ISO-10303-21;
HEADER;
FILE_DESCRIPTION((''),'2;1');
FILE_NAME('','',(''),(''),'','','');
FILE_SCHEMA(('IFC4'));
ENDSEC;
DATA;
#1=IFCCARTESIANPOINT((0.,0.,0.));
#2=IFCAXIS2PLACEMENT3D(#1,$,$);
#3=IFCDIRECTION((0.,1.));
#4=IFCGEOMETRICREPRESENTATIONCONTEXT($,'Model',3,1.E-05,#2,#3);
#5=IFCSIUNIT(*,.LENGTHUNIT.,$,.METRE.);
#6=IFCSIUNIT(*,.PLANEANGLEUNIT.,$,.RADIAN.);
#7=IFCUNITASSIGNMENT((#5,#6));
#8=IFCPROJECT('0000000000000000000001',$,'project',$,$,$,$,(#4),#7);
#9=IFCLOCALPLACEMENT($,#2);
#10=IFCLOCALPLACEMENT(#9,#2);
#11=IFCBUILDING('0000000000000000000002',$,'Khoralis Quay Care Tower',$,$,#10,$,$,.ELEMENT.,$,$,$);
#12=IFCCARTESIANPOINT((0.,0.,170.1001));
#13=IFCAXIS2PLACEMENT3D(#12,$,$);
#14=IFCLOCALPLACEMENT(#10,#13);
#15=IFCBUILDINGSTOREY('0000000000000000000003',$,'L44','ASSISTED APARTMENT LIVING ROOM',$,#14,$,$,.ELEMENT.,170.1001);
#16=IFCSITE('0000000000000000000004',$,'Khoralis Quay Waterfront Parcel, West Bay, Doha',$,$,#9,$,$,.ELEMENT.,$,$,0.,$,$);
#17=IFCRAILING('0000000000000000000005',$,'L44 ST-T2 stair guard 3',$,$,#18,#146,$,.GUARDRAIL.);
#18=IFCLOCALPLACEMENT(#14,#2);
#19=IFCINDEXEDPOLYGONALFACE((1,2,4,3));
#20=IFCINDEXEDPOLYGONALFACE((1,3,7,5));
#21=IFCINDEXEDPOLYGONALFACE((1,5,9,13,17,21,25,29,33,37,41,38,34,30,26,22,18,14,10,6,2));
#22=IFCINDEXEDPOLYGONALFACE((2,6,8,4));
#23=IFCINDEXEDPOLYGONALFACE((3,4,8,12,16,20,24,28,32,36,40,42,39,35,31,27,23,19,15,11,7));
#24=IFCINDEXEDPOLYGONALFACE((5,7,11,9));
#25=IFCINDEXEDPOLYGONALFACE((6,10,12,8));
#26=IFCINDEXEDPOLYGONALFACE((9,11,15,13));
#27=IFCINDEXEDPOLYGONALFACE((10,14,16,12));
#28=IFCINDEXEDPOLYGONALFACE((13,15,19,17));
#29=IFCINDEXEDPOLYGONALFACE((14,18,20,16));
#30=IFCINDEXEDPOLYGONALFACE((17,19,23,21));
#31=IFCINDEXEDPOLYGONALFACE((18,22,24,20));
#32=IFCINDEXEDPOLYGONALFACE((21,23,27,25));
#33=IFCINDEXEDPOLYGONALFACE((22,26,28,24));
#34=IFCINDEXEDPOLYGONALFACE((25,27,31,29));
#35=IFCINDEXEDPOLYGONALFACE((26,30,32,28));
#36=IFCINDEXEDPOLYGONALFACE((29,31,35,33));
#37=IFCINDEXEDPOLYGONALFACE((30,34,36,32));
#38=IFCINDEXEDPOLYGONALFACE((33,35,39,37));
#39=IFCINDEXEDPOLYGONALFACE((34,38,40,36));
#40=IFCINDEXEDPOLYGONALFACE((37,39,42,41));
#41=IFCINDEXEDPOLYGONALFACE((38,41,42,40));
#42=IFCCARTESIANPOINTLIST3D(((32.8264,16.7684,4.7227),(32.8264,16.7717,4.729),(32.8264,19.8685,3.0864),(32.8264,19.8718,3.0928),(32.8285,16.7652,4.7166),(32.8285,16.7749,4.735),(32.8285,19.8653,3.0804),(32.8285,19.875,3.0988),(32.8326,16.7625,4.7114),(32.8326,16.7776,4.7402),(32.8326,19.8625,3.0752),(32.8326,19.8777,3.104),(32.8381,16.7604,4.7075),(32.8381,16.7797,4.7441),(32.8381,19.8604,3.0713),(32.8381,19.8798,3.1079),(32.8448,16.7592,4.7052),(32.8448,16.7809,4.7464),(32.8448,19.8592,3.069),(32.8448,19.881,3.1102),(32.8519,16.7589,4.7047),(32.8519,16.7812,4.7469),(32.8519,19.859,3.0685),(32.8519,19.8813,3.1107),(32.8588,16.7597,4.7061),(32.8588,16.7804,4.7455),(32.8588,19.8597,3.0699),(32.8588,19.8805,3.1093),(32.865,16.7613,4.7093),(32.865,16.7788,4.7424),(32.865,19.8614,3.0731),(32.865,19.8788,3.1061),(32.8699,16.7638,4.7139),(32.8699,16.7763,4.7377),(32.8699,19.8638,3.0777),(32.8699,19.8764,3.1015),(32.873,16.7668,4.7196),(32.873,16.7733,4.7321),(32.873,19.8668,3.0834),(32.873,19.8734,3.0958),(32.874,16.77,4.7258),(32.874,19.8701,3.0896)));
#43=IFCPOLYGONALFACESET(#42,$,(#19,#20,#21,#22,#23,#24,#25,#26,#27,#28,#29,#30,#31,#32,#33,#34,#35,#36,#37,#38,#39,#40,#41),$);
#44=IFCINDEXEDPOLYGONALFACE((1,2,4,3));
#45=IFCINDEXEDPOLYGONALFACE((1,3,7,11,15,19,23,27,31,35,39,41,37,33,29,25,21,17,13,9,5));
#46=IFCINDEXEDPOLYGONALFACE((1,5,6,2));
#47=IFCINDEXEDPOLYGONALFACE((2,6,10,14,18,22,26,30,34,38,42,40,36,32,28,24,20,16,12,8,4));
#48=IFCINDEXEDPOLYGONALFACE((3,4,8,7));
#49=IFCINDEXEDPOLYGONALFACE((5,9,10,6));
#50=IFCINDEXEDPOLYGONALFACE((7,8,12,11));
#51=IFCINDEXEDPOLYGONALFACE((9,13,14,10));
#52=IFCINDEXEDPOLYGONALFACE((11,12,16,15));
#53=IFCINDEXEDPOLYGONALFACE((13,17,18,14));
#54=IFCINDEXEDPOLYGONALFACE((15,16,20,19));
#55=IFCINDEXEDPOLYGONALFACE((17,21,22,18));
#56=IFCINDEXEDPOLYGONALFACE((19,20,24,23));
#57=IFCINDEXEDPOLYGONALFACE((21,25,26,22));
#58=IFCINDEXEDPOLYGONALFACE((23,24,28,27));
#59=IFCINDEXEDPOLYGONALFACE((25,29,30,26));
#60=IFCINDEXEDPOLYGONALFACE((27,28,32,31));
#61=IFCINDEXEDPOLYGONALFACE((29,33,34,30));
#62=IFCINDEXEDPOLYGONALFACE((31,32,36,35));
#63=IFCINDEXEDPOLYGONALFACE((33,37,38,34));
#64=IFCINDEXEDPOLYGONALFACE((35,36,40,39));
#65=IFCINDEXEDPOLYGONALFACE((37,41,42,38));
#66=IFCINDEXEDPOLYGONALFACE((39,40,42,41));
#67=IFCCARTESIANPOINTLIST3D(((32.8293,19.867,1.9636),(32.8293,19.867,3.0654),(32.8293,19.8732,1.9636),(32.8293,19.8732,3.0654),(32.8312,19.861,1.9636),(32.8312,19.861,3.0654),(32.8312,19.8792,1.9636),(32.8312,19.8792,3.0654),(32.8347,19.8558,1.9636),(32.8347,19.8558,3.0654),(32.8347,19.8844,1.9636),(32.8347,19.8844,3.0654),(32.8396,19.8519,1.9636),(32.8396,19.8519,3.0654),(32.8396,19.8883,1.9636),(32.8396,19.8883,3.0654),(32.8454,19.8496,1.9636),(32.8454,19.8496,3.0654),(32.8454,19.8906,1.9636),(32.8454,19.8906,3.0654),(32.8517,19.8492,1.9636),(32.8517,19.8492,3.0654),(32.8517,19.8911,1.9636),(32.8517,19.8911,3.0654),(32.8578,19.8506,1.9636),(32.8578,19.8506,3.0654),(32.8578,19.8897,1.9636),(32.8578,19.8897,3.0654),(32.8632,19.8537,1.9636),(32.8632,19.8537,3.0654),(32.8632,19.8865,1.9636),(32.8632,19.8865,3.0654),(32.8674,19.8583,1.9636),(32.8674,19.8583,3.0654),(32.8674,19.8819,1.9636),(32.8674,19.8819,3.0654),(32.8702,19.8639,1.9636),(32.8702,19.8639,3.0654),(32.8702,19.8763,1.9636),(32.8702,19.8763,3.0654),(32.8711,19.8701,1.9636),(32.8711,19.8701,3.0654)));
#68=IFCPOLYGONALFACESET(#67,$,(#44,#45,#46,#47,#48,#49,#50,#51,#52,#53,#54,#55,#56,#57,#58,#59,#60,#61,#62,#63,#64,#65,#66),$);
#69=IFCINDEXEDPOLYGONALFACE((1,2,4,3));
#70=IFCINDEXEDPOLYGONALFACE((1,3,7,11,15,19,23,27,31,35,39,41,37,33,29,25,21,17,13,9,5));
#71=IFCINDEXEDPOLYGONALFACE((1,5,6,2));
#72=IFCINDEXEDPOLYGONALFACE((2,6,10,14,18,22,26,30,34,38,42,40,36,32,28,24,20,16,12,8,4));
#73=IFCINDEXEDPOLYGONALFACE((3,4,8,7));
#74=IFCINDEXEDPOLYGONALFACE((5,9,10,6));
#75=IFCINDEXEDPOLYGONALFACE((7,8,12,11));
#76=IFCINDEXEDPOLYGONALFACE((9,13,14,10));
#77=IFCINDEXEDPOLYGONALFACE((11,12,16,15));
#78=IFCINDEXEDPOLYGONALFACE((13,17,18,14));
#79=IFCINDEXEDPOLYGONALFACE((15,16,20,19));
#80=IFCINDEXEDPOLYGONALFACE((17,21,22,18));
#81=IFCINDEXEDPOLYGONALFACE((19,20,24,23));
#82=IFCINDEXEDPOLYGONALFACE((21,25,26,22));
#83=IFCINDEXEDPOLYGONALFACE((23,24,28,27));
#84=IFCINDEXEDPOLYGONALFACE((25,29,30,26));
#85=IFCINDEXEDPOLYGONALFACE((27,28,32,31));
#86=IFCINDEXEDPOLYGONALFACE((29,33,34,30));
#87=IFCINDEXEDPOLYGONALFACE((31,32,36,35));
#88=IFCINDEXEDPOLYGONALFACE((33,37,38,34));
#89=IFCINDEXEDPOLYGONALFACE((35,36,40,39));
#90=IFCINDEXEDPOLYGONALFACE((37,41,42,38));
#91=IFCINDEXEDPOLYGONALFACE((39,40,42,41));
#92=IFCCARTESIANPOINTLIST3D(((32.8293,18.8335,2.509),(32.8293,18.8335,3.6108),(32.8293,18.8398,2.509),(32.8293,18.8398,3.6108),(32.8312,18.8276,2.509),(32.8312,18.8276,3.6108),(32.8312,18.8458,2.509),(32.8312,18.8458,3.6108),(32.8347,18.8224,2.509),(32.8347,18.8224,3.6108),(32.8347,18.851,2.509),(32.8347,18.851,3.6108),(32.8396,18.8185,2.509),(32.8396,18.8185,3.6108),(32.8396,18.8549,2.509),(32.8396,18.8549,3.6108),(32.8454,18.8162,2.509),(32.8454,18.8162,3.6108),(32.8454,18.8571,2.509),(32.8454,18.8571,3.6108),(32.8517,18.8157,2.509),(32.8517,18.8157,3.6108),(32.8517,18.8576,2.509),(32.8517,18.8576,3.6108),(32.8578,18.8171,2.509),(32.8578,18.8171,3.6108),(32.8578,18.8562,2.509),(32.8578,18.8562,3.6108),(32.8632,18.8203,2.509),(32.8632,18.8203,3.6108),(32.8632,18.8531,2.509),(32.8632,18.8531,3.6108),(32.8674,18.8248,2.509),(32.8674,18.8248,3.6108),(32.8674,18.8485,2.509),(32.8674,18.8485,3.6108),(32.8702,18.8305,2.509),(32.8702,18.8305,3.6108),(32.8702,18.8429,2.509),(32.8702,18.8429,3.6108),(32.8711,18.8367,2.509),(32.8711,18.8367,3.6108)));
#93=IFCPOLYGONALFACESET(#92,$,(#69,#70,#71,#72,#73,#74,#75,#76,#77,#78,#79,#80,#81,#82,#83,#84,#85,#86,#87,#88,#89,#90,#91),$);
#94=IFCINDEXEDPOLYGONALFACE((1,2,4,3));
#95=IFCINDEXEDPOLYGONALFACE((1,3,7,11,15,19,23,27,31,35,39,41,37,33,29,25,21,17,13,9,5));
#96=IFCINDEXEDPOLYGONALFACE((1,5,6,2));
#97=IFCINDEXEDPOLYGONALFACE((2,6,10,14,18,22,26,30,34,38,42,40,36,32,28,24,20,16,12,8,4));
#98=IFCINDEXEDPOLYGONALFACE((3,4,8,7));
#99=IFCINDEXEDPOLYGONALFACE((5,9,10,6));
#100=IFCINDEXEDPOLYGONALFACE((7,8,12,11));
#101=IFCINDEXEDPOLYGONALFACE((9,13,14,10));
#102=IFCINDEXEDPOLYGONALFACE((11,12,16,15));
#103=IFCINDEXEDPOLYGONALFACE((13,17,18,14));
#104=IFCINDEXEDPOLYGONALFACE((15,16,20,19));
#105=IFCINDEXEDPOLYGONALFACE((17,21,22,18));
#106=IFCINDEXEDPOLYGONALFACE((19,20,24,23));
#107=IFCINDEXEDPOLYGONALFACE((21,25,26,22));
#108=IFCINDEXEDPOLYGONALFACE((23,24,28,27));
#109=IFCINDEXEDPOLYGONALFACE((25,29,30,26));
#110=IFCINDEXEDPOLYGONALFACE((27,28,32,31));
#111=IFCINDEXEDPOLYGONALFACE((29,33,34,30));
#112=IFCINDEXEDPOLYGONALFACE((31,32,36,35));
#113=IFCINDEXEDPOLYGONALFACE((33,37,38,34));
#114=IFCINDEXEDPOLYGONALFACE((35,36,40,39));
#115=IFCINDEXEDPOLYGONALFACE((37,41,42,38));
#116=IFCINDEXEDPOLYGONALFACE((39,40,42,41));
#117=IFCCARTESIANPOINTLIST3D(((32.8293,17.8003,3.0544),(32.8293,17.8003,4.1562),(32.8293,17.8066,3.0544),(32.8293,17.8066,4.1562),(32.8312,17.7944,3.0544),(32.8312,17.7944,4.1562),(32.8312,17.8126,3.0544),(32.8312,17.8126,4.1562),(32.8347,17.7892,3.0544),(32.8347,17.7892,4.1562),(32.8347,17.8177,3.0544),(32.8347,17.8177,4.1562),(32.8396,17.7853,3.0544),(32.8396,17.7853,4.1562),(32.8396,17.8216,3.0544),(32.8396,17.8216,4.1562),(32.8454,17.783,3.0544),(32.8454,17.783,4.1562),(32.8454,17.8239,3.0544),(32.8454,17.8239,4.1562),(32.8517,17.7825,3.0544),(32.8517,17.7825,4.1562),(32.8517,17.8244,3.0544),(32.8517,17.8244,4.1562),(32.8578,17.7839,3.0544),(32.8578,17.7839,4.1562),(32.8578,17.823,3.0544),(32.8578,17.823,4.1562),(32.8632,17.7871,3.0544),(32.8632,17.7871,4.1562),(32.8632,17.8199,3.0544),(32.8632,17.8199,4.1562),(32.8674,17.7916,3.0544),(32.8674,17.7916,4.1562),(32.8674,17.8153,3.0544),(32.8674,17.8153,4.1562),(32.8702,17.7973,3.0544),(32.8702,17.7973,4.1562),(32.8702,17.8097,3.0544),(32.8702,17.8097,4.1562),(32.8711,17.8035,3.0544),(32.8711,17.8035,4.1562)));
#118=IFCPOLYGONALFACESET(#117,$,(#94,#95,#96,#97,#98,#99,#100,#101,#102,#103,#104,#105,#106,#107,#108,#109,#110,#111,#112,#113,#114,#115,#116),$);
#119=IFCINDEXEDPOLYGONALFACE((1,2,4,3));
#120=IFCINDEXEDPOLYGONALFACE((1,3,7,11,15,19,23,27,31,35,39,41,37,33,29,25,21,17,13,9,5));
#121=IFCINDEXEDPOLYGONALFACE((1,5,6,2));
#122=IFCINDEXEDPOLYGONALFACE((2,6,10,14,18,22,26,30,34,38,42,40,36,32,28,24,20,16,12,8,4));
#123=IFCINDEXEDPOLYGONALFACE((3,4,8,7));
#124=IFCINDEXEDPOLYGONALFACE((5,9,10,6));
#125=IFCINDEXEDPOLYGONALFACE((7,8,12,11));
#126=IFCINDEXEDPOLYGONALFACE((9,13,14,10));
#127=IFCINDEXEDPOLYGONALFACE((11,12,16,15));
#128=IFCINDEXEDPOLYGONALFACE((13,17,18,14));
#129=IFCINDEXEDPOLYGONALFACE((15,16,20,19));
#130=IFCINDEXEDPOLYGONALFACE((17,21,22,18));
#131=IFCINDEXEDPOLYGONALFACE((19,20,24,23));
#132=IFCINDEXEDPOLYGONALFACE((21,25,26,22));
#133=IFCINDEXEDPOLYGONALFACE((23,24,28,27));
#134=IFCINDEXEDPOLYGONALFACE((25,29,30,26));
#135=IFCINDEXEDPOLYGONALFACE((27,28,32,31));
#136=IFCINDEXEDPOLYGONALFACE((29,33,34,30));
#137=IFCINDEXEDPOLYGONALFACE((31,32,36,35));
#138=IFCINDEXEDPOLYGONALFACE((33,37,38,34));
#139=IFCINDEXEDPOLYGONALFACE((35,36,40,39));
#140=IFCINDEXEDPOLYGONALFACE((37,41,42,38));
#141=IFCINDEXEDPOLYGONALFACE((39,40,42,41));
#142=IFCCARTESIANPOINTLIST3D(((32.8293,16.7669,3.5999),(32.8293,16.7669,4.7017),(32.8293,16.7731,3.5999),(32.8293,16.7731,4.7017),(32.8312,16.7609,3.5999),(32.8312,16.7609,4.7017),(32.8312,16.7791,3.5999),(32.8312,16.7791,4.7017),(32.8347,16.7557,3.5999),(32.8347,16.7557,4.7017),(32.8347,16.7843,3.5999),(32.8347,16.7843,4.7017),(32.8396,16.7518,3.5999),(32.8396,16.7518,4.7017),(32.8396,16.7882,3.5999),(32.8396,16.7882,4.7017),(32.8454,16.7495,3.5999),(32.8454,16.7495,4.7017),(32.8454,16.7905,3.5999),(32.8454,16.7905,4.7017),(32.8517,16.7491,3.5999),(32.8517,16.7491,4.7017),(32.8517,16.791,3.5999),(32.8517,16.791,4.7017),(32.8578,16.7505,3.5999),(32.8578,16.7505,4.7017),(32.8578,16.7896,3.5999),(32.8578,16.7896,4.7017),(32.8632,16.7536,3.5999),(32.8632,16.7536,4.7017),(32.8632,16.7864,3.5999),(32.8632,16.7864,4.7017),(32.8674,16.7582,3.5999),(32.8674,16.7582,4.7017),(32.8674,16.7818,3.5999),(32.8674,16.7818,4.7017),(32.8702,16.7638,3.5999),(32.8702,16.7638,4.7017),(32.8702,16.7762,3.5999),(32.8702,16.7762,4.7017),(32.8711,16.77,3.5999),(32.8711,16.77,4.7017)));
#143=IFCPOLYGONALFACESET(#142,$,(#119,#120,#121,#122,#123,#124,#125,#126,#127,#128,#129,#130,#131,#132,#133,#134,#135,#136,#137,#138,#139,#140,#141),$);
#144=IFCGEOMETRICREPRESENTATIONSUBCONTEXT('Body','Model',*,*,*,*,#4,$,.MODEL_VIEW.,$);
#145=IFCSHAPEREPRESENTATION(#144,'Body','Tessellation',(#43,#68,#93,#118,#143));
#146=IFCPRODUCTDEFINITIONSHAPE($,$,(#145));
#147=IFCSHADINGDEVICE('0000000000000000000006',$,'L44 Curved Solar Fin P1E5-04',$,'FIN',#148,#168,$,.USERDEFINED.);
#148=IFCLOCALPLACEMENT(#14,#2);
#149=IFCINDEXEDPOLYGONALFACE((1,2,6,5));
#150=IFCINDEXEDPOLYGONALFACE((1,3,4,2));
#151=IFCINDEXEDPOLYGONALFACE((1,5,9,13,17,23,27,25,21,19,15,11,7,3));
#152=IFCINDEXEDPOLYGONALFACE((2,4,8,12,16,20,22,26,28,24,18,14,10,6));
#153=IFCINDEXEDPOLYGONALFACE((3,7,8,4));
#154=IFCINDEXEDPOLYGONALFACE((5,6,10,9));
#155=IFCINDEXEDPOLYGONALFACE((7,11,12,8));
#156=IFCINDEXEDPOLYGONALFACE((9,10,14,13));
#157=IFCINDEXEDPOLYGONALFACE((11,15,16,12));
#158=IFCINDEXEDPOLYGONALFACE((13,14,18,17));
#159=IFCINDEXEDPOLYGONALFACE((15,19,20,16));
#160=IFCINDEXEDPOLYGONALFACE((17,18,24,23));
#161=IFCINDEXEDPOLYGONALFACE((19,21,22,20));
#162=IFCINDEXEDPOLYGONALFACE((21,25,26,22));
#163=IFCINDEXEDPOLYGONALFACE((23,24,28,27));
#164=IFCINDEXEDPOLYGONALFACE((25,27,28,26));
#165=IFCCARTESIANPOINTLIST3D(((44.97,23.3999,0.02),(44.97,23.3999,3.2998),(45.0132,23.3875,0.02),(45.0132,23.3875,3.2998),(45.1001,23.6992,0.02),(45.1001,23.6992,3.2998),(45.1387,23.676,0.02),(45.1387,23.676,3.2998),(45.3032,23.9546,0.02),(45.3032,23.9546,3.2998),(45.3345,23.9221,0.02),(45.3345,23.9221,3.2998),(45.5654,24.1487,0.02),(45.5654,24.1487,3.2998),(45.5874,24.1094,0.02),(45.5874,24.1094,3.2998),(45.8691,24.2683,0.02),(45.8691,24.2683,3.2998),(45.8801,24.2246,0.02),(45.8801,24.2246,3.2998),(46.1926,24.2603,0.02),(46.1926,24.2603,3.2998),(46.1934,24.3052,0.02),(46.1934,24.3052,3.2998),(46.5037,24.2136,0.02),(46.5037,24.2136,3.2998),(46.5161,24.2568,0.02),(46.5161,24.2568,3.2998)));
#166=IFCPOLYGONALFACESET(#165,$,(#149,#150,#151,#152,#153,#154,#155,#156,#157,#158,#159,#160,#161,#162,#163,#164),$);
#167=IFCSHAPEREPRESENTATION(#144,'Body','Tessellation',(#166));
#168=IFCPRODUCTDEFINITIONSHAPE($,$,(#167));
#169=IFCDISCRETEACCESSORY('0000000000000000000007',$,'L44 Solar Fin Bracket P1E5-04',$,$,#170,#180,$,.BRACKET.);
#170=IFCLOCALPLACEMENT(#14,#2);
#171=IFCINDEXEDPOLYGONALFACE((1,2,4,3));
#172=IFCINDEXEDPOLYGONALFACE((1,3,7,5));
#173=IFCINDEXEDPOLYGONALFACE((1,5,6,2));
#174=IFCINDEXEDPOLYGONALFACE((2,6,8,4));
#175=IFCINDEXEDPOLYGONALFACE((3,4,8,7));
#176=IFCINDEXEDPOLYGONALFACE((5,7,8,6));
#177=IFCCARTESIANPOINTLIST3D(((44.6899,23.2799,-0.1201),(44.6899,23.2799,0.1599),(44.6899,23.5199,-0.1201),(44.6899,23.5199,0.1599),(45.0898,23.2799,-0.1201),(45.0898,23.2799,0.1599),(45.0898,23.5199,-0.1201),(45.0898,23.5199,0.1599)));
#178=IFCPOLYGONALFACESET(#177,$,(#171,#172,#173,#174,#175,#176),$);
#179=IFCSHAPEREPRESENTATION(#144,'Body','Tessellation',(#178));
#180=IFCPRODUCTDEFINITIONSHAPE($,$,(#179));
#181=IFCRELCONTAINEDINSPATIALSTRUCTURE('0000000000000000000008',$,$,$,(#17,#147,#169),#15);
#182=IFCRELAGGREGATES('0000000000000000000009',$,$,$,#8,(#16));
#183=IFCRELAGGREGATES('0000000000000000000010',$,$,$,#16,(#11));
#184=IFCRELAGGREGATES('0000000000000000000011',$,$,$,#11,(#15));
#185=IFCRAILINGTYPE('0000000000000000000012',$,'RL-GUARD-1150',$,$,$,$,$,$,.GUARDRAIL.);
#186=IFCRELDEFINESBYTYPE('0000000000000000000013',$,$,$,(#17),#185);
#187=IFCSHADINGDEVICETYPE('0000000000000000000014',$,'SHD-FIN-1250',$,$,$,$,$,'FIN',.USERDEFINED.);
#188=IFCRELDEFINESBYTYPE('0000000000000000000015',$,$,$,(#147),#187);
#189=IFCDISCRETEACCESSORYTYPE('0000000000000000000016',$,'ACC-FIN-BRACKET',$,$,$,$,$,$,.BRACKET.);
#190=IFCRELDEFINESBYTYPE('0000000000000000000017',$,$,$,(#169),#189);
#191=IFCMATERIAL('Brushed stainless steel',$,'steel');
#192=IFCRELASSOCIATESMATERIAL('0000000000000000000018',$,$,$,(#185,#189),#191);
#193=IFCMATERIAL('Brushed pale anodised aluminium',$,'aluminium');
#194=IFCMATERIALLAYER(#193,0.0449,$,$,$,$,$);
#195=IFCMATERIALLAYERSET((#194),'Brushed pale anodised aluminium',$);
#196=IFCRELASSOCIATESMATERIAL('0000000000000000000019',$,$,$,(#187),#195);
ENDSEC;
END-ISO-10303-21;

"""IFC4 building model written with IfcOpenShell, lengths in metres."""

from ifc_helpers import new_model, si_unit, direction, frame, origin, origin_2d, place, context, subcontext, project, spatial, polyline, rectangle, circle, outline, extrude, source, transform, mapped, material, layer, layer_set, type_object, element, save


model = new_model("IFC4")

# Units and contexts
model_context = context("Model", 3, precision=1e-05, world=origin(), true_north=direction((0.0, 1.0)))
body_context = subcontext(model_context, "Body", "Model", "MODEL_VIEW")
ifc_project = project(units=[si_unit("LENGTHUNIT", "METRE"), si_unit("PLANEANGLEUNIT", "RADIAN")], contexts=[model_context])

# Site, building, storey
site_placement = place(None, origin())
site = spatial("IfcSite", under=ifc_project, at=site_placement, Name="Khoralis Quay Waterfront Parcel, West Bay, Doha", CompositionType="ELEMENT", RefElevation=0.0)
building_placement = place(site_placement, origin())
building = spatial("IfcBuilding", under=site, at=building_placement, Name="Khoralis Quay Care Tower", CompositionType="ELEMENT")
storey_placement = place(building_placement, frame((0.0, 0.0, 170.1001)))
storey = spatial("IfcBuildingStorey", under=building, at=storey_placement, Name="L44", Description="ASSISTED APARTMENT LIVING ROOM", CompositionType="ELEMENT", Elevation=170.1001)

# Railing
ifc_material_1 = material(Name="Brushed stainless steel", Category="steel")
railing_type = type_object("IfcRailingType", Name="RL-GUARD-1150", PredefinedType="GUARDRAIL", material=ifc_material_1)
railing_1_placement = place(storey_placement, frame((32.8501, 19.8701, 1.9636)))
element("IfcRailing", 1, at=railing_1_placement, inside=storey, type_object=railing_type, Name="L44 ST-T2 stair guard 3", PredefinedType="GUARDRAIL", context=body_context, shape_type="SweptSolid", body=[
    extrude(circle(Radius=0.0239, at=origin_2d()), frame((0.0, 0.0, 1.126), z_axis=(0.0, -0.884377, 0.466774), x_axis=(1.0, 0.0, 0.0)), (0.0, 0.0, 1.0), 3.5054),
    extrude(circle(Radius=0.021, at=origin_2d()), origin(), (0.0, 0.0, 1.0), 1.1018),
    extrude(circle(Radius=0.021, at=origin_2d()), frame((0.0, -1.0334, 0.5454)), (0.0, 0.0, 1.0), 1.1018),
    extrude(circle(Radius=0.021, at=origin_2d()), frame((0.0, -2.0667, 1.0908)), (0.0, 0.0, 1.0), 1.1018),
    extrude(circle(Radius=0.021, at=origin_2d()), frame((0.0, -3.1001, 1.6362)), (0.0, 0.0, 1.0), 1.1018),
])

# Shading device
ifc_material_2 = material(Name="Brushed pale anodised aluminium", Category="aluminium")
ifc_layer_1 = layer(ifc_material_2, 0.0449)
ifc_layer_set_1 = layer_set([ifc_layer_1], Name="Brushed pale anodised aluminium")
shading_device_type = type_object("IfcShadingDeviceType", Name="SHD-FIN-1250", ElementType="FIN", PredefinedType="USERDEFINED", material=ifc_layer_set_1)
shared_shape_1 = source(origin(), body_context, "Body", "SweptSolid", [
    extrude(outline(polyline([(0.0, 0.0), (0.1301, 0.2993), (0.3333, 0.5547), (0.5955, 0.7488), (0.8992, 0.8684), (1.2234, 0.9053), (1.5461, 0.8569), (1.5337, 0.8137), (1.2227, 0.8604), (0.9102, 0.8247), (0.6174, 0.7095), (0.3645, 0.5222), (0.1687, 0.2761), (0.0432, -0.0125), (0.0, 0.0)])), origin(), (0.0, 0.0, 1.0), 3.2798),
])
shading_device_placement = place(storey_placement, frame((44.97, 23.3999, 0.02), z_axis=(0.0, 0.0, 1.0), x_axis=(1.0, 0.0, 0.0)))
element("IfcShadingDevice", 2, at=shading_device_placement, inside=storey, type_object=shading_device_type, Name="L44 Curved Solar Fin P1E5-04", ObjectType="FIN", PredefinedType="USERDEFINED", context=body_context, shape_type="MappedRepresentation", body=[
    mapped(shared_shape_1, transform((0.0, 0.0, 0.0), scale=1.0)),
])

# Discrete accessory
discrete_accessory_type = type_object("IfcDiscreteAccessoryType", Name="ACC-FIN-BRACKET", PredefinedType="BRACKET", material=ifc_material_1)
shared_shape_2 = source(origin(), body_context, "Body", "SweptSolid", [
    extrude(rectangle(XDim=0.3999, YDim=0.24, at=origin_2d()), origin(), (0.0, 0.0, 1.0), 0.28),
])
discrete_accessory_placement = place(storey_placement, frame((44.8899, 23.3999, -0.1201), z_axis=(0.0, 0.0, 1.0), x_axis=(1.0, 0.0, 0.0)))
element("IfcDiscreteAccessory", 3, at=discrete_accessory_placement, inside=storey, type_object=discrete_accessory_type, Name="L44 Solar Fin Bracket P1E5-04", PredefinedType="BRACKET", context=body_context, shape_type="MappedRepresentation", body=[
    mapped(shared_shape_2, transform((0.0, 0.0, 0.0), scale=1.0)),
])

save(model, "model.ifc")
